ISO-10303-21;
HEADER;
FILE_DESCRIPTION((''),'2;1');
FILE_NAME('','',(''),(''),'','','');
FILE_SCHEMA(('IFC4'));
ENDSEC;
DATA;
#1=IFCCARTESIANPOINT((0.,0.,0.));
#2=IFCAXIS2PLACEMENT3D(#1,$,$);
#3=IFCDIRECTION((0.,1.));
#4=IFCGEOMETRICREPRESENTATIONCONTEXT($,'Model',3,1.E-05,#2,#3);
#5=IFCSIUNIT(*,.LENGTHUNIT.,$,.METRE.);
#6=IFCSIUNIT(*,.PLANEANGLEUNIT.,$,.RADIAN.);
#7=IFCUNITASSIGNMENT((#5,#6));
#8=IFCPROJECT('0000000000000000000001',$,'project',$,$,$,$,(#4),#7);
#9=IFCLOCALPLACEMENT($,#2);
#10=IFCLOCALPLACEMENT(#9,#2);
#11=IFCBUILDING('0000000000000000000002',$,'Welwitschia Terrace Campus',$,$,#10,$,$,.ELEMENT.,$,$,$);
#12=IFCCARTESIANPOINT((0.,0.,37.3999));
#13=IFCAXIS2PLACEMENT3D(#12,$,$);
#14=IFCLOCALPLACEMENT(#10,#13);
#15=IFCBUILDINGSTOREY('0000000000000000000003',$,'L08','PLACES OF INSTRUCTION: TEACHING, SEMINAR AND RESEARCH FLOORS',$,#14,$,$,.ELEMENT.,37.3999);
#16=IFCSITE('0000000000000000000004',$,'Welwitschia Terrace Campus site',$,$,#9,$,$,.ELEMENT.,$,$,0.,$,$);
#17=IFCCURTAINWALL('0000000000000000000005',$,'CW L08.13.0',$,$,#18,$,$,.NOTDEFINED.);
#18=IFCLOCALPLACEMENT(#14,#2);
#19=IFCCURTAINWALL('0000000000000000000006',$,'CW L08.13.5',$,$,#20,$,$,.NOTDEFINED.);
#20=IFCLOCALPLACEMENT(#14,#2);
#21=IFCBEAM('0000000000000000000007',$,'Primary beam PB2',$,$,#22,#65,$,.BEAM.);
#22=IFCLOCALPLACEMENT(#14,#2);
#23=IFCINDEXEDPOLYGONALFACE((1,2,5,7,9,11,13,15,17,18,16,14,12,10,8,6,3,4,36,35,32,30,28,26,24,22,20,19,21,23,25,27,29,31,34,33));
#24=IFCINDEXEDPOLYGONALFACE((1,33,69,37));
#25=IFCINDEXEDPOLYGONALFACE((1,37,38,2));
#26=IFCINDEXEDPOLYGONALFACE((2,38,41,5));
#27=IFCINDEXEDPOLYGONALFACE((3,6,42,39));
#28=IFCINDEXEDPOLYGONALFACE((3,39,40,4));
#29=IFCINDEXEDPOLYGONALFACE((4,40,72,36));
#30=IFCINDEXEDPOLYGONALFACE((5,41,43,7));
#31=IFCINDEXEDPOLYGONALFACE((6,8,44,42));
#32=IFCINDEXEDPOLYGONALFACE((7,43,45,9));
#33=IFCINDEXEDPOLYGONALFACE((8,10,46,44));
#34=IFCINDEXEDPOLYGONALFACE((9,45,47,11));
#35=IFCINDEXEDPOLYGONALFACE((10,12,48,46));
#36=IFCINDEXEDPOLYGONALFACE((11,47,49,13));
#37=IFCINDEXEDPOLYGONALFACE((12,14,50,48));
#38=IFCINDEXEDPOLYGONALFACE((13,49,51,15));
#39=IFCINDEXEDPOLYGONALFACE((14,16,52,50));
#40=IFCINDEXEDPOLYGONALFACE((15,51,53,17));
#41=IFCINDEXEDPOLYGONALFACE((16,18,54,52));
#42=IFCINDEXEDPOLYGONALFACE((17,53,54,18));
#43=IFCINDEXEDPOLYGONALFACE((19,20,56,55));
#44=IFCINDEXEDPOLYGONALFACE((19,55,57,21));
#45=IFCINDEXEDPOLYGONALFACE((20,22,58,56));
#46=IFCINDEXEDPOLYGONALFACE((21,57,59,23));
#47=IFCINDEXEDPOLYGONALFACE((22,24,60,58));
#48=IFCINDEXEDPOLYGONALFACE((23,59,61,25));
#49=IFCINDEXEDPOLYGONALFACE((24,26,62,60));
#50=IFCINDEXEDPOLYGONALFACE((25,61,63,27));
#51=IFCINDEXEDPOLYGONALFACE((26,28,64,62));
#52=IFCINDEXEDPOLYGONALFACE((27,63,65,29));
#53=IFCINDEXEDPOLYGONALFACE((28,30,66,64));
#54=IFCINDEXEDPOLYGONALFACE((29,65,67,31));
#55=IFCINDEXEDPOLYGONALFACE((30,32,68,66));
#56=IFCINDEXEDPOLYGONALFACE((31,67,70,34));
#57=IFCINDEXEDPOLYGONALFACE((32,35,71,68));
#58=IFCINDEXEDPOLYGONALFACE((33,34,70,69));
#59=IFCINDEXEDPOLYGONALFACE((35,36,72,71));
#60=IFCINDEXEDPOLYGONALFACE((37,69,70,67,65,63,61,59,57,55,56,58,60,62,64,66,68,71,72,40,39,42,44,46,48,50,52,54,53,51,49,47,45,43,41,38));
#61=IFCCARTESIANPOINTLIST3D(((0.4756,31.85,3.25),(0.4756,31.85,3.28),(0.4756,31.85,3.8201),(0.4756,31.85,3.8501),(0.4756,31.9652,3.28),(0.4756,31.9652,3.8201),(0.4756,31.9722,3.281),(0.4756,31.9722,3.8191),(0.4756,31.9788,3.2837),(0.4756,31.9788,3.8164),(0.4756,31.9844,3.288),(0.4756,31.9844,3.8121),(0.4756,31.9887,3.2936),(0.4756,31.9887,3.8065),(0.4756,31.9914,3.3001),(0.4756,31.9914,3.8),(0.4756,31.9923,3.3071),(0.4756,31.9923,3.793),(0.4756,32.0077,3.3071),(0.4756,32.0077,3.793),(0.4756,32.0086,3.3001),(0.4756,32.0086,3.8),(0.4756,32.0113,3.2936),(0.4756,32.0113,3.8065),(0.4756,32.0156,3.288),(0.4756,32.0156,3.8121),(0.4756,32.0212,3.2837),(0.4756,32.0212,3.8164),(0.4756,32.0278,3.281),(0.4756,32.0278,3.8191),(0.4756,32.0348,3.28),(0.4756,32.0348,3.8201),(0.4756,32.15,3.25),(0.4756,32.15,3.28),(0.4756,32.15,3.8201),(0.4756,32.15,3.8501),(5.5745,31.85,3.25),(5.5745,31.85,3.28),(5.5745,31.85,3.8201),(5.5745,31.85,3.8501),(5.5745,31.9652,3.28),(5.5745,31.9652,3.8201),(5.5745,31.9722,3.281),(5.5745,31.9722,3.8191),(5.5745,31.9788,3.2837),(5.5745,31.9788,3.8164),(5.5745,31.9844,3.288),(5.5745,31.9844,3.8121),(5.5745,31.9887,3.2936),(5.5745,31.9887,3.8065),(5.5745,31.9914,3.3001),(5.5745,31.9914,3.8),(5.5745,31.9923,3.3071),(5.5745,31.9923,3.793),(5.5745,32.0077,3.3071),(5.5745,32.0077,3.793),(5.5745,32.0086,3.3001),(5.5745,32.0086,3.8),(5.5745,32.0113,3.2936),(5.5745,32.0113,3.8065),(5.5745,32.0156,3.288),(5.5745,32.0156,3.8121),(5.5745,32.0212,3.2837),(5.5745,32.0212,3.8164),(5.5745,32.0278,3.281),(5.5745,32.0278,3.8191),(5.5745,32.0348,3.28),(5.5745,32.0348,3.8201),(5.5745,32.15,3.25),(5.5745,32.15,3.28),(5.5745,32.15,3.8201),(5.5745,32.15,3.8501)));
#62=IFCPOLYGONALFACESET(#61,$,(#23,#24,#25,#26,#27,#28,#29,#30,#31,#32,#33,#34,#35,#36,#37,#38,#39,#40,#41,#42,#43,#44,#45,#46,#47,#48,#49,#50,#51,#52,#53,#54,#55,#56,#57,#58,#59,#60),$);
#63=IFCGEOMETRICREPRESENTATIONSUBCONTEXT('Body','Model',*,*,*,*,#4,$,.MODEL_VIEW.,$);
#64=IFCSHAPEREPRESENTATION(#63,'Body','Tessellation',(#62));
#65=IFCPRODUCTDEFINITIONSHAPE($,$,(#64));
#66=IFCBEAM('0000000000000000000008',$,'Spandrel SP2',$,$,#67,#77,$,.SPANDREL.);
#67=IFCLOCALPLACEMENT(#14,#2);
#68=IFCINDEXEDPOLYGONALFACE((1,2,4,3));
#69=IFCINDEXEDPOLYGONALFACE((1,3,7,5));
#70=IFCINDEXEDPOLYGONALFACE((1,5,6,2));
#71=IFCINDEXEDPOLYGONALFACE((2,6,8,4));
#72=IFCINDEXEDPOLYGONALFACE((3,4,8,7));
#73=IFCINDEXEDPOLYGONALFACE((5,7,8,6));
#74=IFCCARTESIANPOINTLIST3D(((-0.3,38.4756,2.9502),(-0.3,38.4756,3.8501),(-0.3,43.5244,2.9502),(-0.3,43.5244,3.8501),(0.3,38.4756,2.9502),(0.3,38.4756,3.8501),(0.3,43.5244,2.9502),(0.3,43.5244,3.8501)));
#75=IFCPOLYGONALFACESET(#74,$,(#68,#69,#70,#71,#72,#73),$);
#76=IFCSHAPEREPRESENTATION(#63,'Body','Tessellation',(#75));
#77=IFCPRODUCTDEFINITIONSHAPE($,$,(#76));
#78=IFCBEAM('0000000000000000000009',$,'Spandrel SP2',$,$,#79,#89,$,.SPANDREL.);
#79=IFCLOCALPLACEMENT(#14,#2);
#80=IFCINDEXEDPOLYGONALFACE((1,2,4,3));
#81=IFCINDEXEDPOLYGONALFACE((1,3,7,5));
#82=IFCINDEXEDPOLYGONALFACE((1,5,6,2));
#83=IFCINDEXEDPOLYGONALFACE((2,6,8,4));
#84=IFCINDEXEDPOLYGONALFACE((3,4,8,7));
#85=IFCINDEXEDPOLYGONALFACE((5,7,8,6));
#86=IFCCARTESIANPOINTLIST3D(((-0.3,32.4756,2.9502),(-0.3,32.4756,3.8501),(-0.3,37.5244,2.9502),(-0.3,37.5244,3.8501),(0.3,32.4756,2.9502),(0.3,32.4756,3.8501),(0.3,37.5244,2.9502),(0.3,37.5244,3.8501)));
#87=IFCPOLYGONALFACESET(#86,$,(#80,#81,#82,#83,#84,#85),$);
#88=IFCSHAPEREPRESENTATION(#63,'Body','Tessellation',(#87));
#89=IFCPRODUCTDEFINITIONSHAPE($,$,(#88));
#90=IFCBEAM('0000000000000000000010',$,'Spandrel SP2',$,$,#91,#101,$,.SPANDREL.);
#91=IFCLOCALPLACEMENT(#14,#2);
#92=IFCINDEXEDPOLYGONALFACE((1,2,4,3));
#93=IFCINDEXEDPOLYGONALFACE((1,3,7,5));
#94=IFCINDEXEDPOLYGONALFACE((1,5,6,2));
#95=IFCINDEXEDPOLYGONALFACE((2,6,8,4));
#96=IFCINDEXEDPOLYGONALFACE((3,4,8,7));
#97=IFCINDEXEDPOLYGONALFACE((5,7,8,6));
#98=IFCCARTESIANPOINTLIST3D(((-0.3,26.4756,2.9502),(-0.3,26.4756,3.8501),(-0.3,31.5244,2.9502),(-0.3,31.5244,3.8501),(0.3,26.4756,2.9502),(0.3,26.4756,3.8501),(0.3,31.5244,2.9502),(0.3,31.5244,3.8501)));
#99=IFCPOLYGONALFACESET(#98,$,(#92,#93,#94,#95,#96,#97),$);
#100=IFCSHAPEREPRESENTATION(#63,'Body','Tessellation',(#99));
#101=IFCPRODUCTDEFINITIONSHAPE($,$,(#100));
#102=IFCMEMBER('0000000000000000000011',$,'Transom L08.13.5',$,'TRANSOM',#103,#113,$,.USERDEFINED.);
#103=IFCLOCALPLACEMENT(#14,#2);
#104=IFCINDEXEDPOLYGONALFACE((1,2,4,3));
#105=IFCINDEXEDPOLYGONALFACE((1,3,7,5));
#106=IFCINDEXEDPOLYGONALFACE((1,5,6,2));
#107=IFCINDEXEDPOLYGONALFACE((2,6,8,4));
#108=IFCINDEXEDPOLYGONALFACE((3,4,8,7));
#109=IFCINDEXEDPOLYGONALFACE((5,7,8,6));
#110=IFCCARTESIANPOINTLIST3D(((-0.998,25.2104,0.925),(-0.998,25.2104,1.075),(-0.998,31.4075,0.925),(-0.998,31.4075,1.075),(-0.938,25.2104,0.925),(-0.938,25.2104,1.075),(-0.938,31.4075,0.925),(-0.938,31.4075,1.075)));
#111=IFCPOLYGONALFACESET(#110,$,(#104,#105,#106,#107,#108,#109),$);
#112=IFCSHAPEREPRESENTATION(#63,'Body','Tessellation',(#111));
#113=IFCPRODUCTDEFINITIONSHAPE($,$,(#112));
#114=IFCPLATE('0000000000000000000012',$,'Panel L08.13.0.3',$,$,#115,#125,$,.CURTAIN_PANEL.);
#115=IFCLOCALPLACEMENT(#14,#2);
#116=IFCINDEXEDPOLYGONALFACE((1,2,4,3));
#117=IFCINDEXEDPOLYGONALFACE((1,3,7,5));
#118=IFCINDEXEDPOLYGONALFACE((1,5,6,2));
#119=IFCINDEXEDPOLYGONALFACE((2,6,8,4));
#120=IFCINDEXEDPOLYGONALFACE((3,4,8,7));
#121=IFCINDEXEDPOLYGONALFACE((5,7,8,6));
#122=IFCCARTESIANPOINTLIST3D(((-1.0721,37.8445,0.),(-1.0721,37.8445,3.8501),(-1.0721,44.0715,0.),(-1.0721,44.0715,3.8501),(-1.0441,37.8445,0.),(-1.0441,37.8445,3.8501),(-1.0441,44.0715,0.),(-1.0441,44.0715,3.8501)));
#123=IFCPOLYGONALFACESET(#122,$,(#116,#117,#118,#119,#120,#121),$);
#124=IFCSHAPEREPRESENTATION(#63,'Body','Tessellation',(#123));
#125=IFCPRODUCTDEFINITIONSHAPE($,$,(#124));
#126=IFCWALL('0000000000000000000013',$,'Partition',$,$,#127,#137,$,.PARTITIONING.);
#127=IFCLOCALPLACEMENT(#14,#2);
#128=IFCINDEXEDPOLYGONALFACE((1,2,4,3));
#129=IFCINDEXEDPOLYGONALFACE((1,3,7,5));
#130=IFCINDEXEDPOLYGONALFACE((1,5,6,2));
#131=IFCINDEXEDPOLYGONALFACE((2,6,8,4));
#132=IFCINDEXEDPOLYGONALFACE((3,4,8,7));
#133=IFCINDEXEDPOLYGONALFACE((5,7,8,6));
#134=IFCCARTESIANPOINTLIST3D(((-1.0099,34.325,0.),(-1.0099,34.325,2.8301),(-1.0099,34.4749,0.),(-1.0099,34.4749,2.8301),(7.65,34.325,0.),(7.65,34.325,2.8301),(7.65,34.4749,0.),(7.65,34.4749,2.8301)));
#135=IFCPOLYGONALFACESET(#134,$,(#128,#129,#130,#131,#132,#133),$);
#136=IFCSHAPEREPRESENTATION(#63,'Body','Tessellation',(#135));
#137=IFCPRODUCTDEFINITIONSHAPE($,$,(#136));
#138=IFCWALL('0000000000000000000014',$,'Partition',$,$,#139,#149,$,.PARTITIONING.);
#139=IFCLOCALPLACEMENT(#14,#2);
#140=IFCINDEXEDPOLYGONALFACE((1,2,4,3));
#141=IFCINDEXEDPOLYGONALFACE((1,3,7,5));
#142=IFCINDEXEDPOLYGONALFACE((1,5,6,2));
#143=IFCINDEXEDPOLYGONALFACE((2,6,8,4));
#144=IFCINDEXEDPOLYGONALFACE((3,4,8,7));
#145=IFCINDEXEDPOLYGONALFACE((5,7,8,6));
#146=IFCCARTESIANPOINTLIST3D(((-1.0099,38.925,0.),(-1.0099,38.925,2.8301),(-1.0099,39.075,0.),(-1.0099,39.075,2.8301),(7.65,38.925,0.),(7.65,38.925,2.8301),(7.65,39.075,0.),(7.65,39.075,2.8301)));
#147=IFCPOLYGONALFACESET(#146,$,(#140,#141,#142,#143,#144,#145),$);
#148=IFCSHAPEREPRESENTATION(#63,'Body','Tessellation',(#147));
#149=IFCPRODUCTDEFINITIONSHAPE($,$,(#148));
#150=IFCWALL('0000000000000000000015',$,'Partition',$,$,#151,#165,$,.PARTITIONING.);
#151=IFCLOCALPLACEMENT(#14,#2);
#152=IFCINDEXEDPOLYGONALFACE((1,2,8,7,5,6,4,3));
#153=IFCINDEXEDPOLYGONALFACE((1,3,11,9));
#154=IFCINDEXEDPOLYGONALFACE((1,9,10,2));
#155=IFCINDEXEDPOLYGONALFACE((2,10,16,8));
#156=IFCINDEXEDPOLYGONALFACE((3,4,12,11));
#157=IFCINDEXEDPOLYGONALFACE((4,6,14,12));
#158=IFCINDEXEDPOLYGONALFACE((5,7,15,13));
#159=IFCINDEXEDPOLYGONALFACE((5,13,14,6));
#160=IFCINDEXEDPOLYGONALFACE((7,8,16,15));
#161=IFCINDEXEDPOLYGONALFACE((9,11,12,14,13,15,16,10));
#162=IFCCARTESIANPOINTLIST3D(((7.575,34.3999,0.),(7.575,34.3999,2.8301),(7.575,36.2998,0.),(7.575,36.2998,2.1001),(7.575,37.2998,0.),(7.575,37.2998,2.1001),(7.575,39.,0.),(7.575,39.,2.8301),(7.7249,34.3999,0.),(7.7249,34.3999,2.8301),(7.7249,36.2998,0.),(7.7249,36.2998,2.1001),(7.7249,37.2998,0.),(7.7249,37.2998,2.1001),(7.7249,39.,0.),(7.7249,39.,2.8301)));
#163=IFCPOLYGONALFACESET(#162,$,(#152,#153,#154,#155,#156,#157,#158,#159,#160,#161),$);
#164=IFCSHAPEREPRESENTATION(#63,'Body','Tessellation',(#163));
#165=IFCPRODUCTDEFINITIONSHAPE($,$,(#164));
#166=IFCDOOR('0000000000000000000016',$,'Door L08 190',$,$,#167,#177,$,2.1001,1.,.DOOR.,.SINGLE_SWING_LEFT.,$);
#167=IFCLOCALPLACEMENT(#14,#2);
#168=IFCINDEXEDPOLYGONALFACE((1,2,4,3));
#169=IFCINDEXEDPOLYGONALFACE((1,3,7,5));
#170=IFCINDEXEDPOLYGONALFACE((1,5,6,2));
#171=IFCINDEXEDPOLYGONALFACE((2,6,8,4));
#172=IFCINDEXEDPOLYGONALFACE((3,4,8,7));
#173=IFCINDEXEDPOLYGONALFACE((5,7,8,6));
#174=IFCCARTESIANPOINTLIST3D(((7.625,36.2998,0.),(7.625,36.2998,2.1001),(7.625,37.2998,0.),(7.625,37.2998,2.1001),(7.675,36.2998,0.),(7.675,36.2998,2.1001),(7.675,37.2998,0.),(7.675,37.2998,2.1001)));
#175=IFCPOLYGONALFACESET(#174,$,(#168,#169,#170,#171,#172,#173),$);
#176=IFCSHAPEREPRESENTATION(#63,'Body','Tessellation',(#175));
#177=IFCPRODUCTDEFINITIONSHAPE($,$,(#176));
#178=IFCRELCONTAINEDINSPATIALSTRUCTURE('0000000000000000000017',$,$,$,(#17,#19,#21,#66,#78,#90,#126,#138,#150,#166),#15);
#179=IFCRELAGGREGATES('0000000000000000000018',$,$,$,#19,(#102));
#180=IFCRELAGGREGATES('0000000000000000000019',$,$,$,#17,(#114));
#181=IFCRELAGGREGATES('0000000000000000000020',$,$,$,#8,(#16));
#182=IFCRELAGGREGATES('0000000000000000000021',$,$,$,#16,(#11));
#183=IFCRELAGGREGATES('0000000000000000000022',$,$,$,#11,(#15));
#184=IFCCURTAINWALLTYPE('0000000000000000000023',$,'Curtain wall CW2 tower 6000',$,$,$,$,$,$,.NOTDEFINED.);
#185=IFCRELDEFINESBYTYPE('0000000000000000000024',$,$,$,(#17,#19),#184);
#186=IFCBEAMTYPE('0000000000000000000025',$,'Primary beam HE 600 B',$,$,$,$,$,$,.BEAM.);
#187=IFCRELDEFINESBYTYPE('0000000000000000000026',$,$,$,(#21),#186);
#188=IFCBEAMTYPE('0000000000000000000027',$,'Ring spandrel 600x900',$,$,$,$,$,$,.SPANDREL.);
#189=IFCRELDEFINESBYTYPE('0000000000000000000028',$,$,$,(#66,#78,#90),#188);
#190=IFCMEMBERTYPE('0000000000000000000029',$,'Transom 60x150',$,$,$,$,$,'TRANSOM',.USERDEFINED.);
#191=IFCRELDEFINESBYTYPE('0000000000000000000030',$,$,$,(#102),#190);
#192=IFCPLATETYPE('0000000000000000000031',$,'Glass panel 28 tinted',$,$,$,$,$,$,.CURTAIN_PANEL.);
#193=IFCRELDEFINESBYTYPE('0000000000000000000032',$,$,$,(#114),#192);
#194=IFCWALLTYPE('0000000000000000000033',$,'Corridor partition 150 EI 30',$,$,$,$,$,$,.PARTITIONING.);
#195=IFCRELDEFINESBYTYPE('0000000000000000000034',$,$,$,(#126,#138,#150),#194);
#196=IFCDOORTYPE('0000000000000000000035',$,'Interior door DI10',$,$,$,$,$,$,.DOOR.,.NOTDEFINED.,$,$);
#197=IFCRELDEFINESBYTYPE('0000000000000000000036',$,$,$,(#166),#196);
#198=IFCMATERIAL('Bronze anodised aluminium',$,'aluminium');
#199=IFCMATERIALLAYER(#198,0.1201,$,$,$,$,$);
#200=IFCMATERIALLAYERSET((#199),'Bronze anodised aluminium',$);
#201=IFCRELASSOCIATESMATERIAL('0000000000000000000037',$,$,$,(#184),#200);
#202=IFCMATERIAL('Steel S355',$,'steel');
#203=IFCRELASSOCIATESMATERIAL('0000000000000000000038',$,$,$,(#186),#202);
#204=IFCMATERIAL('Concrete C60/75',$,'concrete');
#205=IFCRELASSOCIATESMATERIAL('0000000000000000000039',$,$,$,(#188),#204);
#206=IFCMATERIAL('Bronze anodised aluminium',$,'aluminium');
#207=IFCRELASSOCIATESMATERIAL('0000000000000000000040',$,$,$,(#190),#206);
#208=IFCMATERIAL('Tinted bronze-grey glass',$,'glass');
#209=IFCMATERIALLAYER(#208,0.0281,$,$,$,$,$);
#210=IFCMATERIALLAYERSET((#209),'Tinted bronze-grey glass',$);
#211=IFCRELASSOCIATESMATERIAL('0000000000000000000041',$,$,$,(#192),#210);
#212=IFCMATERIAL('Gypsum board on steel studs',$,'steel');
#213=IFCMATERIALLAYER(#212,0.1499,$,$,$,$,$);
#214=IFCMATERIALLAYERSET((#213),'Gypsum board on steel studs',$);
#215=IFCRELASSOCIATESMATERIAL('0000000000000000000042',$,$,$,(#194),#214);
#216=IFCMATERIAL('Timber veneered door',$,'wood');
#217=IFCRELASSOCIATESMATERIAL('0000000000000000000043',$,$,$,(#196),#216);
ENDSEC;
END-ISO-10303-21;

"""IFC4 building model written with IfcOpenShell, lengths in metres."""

from ifc_helpers import new_model, si_unit, direction, frame, frame_2d, origin, origin_2d, place, context, subcontext, project, spatial, rectangle, i_section, extrude, material, layer, layer_set, material_profile, profile_set, type_object, element, fill, aggregate, save


model = new_model("IFC4")

# Units and contexts
model_context = context("Model", 3, precision=1e-05, world=origin(), true_north=direction((0.0, 1.0)))
body_context = subcontext(model_context, "Body", "Model", "MODEL_VIEW")
ifc_project = project(units=[si_unit("LENGTHUNIT", "METRE"), si_unit("PLANEANGLEUNIT", "RADIAN")], contexts=[model_context])

# Site, building, storey
site_placement = place(None, origin())
site = spatial("IfcSite", under=ifc_project, at=site_placement, Name="Welwitschia Terrace Campus site", CompositionType="ELEMENT", RefElevation=0.0)
building_placement = place(site_placement, origin())
building = spatial("IfcBuilding", under=site, at=building_placement, Name="Welwitschia Terrace Campus", CompositionType="ELEMENT")
storey_placement = place(building_placement, frame((0.0, 0.0, 37.3999)))
storey = spatial("IfcBuildingStorey", under=building, at=storey_placement, Name="L08", Description="PLACES OF INSTRUCTION: TEACHING, SEMINAR AND RESEARCH FLOORS", CompositionType="ELEMENT", Elevation=37.3999)

# Curtain walls
ifc_material_1 = material(Name="Bronze anodised aluminium", Category="aluminium")
ifc_layer_1 = layer(ifc_material_1, 0.1201)
ifc_layer_set_1 = layer_set([ifc_layer_1], Name="Bronze anodised aluminium")
curtain_wall_type = type_object("IfcCurtainWallType", Name="Curtain wall CW2 tower 6000", PredefinedType="NOTDEFINED", material=ifc_layer_set_1)
curtain_wall_1_placement = place(storey_placement, origin())
curtain_wall_1 = element("IfcCurtainWall", 1, at=curtain_wall_1_placement, inside=storey, type_object=curtain_wall_type, Name="CW L08.13.0", PredefinedType="NOTDEFINED")
curtain_wall_2_placement = place(storey_placement, origin())
curtain_wall_2 = element("IfcCurtainWall", 2, at=curtain_wall_2_placement, inside=storey, type_object=curtain_wall_type, Name="CW L08.13.5", PredefinedType="NOTDEFINED")

# Beams
ifc_material_2 = material(Name="Steel S355", Category="steel")
ifc_material_profile_1 = material_profile(ifc_material_2, i_section(OverallWidth=0.3, OverallDepth=0.6001, WebThickness=0.0154, FlangeThickness=0.03, FilletRadius=0.0271, at=origin_2d()))
ifc_profile_set_1 = profile_set([ifc_material_profile_1], Name="Steel S355")
beam_type_1 = type_object("IfcBeamType", Name="Primary beam HE 600 B", PredefinedType="BEAM", material=ifc_profile_set_1)
beam_placement = place(storey_placement, frame((0.4756, 32.0, 3.55), z_axis=(1.0, 0.0, 0.0), x_axis=(0.0, 1.0, 0.0)))
element("IfcBeam", 3, at=beam_placement, inside=storey, type_object=beam_type_1, Name="Primary beam PB2", PredefinedType="BEAM", context=body_context, shape_type="SweptSolid", body=[
    extrude(i_section(OverallWidth=0.3, OverallDepth=0.6001, WebThickness=0.0154, FlangeThickness=0.03, FilletRadius=0.0271, at=origin_2d()), origin(), (0.0, 0.0, 1.0), 5.0989),
])
ifc_material_3 = material(Name="Concrete C60/75", Category="concrete")
ifc_material_profile_2 = material_profile(ifc_material_3, rectangle(XDim=0.6001, YDim=0.8999, at=origin_2d()))
ifc_profile_set_2 = profile_set([ifc_material_profile_2], Name="Concrete C60/75")
beam_type_2 = type_object("IfcBeamType", Name="Ring spandrel 600x900", PredefinedType="SPANDREL", material=ifc_profile_set_2)
for number, where, z_axis, x_axis, name in (
    (4, (0.0, 43.5244, 3.4001), (0.0, -1.0, 0.0), (1.0, 0.0, 0.0), "Spandrel SP2"),
    (5, (0.0, 37.5244, 3.4001), (0.0, -1.0, 0.0), (1.0, 0.0, 0.0), "Spandrel SP2"),
    (6, (0.0, 31.5244, 3.4001), (0.0, -1.0, 0.0), (1.0, 0.0, 0.0), "Spandrel SP2"),
):
    element("IfcBeam", number, at=place(storey_placement, frame(where, z_axis=z_axis, x_axis=x_axis)), inside=storey, type_object=beam_type_2, Name=name, PredefinedType="SPANDREL", context=body_context, shape_type="SweptSolid", body=[
        extrude(rectangle(XDim=0.6001, YDim=0.8999, at=origin_2d()), origin(), (0.0, 0.0, 1.0), 5.0488),
    ])

# Member
ifc_material_4 = material(Name="Bronze anodised aluminium", Category="aluminium")
ifc_material_profile_3 = material_profile(ifc_material_4, rectangle(XDim=0.0601, YDim=0.1499, at=origin_2d()))
ifc_profile_set_3 = profile_set([ifc_material_profile_3], Name="Bronze anodised aluminium")
member_type_1 = type_object("IfcMemberType", Name="Transom 60x150", ElementType="TRANSOM", PredefinedType="USERDEFINED", material=ifc_profile_set_3)
member_1_placement = place(storey_placement, frame((-0.968, 31.4075, 1.0), z_axis=(0.0, -1.0, 0.0), x_axis=(1.0, 0.0, 0.0)))
member_1 = element("IfcMember", 7, at=member_1_placement, type_object=member_type_1, Name="Transom L08.13.5", ObjectType="TRANSOM", PredefinedType="USERDEFINED", context=body_context, shape_type="SweptSolid", body=[
    extrude(rectangle(XDim=0.0601, YDim=0.1499, at=origin_2d()), origin(), (0.0, 0.0, 1.0), 6.197),
])
aggregate(curtain_wall_2, [member_1])

# Plate
ifc_material_5 = material(Name="Tinted bronze-grey glass", Category="glass")
ifc_layer_2 = layer(ifc_material_5, 0.0281)
ifc_layer_set_2 = layer_set([ifc_layer_2], Name="Tinted bronze-grey glass")
plate_type = type_object("IfcPlateType", Name="Glass panel 28 tinted", PredefinedType="CURTAIN_PANEL", material=ifc_layer_set_2)
plate_placement = place(storey_placement, frame((-1.0581, 40.958, 0.0), z_axis=(0.0, 0.0, 1.0), x_axis=(0.0, -1.0, 0.0)))
plate = element("IfcPlate", 8, at=plate_placement, type_object=plate_type, Name="Panel L08.13.0.3", PredefinedType="CURTAIN_PANEL", context=body_context, shape_type="SweptSolid", body=[
    extrude(rectangle(XDim=6.2271, YDim=0.0281, at=origin_2d()), origin(), (0.0, 0.0, 1.0), 3.8501),
])
aggregate(curtain_wall_1, [plate])

# Walls
ifc_material_6 = material(Name="Gypsum board on steel studs", Category="steel")
ifc_layer_3 = layer(ifc_material_6, 0.1499)
ifc_layer_set_3 = layer_set([ifc_layer_3], Name="Gypsum board on steel studs")
wall_type_1 = type_object("IfcWallType", Name="Corridor partition 150 EI 30", PredefinedType="PARTITIONING", material=ifc_layer_set_3)
for number, where, z_axis, x_axis, name in (
    (9, (-1.01, 34.3999, 0.0), (0.0, 0.0, 1.0), (1.0, 0.0, 0.0), "Partition"),
    (10, (-1.01, 39.0, 0.0), (0.0, 0.0, 1.0), (1.0, 0.0, 0.0), "Partition"),
):
    element("IfcWall", number, at=place(storey_placement, frame(where, z_axis=z_axis, x_axis=x_axis)), inside=storey, type_object=wall_type_1, Name=name, PredefinedType="PARTITIONING", context=body_context, shape_type="SweptSolid", body=[
        extrude(rectangle(XDim=8.6599, YDim=0.1499, at=frame_2d((4.3301, 0.0))), origin(), (0.0, 0.0, 1.0), 2.8301),
    ])

# Wall, opening, door
wall_1_placement = place(storey_placement, frame((7.6499, 34.3999, 0.0), z_axis=(0.0, 0.0, 1.0), x_axis=(0.0, 1.0, 0.0)))
wall_1 = element("IfcWall", 11, at=wall_1_placement, inside=storey, type_object=wall_type_1, Name="Partition", PredefinedType="PARTITIONING", context=body_context, shape_type="SweptSolid", body=[
    extrude(rectangle(XDim=4.6001, YDim=0.1499, at=frame_2d((2.3, 0.0))), origin(), (0.0, 0.0, 1.0), 2.8301),
])
opening_1_placement = place(wall_1_placement, frame((1.8999, 0.0, 0.0)))
opening_1 = element("IfcOpeningElement", 12, at=opening_1_placement, cuts=wall_1, PredefinedType="OPENING", context=body_context, shape_type="SweptSolid", body=[
    extrude(rectangle(XDim=1.0, YDim=2.1001, at=frame_2d((0.5, 1.05))), frame((0.0, 0.085, 0.0), z_axis=(0.0, -1.0, 0.0), x_axis=(1.0, 0.0, 0.0)), (0.0, 0.0, 1.0), 0.1699),
])
ifc_material_7 = material(Name="Timber veneered door", Category="wood")
door_type_1 = type_object("IfcDoorType", Name="Interior door DI10", OperationType="NOTDEFINED", PredefinedType="DOOR", material=ifc_material_7)
door_1_placement = place(opening_1_placement, origin())
door_1 = element("IfcDoor", 13, at=door_1_placement, inside=storey, type_object=door_type_1, Name="Door L08 190", OperationType="SINGLE_SWING_LEFT", OverallHeight=2.1001, OverallWidth=1.0, PredefinedType="DOOR", context=body_context, shape_type="SweptSolid", body=[
    extrude(rectangle(XDim=1.0, YDim=2.1001, at=frame_2d((0.5, 1.05))), frame((0.0, 0.0249, 0.0), z_axis=(0.0, -1.0, 0.0), x_axis=(1.0, 0.0, 0.0)), (0.0, 0.0, 1.0), 0.05),
])
fill(opening_1, door_1)

save(model, "model.ifc")
